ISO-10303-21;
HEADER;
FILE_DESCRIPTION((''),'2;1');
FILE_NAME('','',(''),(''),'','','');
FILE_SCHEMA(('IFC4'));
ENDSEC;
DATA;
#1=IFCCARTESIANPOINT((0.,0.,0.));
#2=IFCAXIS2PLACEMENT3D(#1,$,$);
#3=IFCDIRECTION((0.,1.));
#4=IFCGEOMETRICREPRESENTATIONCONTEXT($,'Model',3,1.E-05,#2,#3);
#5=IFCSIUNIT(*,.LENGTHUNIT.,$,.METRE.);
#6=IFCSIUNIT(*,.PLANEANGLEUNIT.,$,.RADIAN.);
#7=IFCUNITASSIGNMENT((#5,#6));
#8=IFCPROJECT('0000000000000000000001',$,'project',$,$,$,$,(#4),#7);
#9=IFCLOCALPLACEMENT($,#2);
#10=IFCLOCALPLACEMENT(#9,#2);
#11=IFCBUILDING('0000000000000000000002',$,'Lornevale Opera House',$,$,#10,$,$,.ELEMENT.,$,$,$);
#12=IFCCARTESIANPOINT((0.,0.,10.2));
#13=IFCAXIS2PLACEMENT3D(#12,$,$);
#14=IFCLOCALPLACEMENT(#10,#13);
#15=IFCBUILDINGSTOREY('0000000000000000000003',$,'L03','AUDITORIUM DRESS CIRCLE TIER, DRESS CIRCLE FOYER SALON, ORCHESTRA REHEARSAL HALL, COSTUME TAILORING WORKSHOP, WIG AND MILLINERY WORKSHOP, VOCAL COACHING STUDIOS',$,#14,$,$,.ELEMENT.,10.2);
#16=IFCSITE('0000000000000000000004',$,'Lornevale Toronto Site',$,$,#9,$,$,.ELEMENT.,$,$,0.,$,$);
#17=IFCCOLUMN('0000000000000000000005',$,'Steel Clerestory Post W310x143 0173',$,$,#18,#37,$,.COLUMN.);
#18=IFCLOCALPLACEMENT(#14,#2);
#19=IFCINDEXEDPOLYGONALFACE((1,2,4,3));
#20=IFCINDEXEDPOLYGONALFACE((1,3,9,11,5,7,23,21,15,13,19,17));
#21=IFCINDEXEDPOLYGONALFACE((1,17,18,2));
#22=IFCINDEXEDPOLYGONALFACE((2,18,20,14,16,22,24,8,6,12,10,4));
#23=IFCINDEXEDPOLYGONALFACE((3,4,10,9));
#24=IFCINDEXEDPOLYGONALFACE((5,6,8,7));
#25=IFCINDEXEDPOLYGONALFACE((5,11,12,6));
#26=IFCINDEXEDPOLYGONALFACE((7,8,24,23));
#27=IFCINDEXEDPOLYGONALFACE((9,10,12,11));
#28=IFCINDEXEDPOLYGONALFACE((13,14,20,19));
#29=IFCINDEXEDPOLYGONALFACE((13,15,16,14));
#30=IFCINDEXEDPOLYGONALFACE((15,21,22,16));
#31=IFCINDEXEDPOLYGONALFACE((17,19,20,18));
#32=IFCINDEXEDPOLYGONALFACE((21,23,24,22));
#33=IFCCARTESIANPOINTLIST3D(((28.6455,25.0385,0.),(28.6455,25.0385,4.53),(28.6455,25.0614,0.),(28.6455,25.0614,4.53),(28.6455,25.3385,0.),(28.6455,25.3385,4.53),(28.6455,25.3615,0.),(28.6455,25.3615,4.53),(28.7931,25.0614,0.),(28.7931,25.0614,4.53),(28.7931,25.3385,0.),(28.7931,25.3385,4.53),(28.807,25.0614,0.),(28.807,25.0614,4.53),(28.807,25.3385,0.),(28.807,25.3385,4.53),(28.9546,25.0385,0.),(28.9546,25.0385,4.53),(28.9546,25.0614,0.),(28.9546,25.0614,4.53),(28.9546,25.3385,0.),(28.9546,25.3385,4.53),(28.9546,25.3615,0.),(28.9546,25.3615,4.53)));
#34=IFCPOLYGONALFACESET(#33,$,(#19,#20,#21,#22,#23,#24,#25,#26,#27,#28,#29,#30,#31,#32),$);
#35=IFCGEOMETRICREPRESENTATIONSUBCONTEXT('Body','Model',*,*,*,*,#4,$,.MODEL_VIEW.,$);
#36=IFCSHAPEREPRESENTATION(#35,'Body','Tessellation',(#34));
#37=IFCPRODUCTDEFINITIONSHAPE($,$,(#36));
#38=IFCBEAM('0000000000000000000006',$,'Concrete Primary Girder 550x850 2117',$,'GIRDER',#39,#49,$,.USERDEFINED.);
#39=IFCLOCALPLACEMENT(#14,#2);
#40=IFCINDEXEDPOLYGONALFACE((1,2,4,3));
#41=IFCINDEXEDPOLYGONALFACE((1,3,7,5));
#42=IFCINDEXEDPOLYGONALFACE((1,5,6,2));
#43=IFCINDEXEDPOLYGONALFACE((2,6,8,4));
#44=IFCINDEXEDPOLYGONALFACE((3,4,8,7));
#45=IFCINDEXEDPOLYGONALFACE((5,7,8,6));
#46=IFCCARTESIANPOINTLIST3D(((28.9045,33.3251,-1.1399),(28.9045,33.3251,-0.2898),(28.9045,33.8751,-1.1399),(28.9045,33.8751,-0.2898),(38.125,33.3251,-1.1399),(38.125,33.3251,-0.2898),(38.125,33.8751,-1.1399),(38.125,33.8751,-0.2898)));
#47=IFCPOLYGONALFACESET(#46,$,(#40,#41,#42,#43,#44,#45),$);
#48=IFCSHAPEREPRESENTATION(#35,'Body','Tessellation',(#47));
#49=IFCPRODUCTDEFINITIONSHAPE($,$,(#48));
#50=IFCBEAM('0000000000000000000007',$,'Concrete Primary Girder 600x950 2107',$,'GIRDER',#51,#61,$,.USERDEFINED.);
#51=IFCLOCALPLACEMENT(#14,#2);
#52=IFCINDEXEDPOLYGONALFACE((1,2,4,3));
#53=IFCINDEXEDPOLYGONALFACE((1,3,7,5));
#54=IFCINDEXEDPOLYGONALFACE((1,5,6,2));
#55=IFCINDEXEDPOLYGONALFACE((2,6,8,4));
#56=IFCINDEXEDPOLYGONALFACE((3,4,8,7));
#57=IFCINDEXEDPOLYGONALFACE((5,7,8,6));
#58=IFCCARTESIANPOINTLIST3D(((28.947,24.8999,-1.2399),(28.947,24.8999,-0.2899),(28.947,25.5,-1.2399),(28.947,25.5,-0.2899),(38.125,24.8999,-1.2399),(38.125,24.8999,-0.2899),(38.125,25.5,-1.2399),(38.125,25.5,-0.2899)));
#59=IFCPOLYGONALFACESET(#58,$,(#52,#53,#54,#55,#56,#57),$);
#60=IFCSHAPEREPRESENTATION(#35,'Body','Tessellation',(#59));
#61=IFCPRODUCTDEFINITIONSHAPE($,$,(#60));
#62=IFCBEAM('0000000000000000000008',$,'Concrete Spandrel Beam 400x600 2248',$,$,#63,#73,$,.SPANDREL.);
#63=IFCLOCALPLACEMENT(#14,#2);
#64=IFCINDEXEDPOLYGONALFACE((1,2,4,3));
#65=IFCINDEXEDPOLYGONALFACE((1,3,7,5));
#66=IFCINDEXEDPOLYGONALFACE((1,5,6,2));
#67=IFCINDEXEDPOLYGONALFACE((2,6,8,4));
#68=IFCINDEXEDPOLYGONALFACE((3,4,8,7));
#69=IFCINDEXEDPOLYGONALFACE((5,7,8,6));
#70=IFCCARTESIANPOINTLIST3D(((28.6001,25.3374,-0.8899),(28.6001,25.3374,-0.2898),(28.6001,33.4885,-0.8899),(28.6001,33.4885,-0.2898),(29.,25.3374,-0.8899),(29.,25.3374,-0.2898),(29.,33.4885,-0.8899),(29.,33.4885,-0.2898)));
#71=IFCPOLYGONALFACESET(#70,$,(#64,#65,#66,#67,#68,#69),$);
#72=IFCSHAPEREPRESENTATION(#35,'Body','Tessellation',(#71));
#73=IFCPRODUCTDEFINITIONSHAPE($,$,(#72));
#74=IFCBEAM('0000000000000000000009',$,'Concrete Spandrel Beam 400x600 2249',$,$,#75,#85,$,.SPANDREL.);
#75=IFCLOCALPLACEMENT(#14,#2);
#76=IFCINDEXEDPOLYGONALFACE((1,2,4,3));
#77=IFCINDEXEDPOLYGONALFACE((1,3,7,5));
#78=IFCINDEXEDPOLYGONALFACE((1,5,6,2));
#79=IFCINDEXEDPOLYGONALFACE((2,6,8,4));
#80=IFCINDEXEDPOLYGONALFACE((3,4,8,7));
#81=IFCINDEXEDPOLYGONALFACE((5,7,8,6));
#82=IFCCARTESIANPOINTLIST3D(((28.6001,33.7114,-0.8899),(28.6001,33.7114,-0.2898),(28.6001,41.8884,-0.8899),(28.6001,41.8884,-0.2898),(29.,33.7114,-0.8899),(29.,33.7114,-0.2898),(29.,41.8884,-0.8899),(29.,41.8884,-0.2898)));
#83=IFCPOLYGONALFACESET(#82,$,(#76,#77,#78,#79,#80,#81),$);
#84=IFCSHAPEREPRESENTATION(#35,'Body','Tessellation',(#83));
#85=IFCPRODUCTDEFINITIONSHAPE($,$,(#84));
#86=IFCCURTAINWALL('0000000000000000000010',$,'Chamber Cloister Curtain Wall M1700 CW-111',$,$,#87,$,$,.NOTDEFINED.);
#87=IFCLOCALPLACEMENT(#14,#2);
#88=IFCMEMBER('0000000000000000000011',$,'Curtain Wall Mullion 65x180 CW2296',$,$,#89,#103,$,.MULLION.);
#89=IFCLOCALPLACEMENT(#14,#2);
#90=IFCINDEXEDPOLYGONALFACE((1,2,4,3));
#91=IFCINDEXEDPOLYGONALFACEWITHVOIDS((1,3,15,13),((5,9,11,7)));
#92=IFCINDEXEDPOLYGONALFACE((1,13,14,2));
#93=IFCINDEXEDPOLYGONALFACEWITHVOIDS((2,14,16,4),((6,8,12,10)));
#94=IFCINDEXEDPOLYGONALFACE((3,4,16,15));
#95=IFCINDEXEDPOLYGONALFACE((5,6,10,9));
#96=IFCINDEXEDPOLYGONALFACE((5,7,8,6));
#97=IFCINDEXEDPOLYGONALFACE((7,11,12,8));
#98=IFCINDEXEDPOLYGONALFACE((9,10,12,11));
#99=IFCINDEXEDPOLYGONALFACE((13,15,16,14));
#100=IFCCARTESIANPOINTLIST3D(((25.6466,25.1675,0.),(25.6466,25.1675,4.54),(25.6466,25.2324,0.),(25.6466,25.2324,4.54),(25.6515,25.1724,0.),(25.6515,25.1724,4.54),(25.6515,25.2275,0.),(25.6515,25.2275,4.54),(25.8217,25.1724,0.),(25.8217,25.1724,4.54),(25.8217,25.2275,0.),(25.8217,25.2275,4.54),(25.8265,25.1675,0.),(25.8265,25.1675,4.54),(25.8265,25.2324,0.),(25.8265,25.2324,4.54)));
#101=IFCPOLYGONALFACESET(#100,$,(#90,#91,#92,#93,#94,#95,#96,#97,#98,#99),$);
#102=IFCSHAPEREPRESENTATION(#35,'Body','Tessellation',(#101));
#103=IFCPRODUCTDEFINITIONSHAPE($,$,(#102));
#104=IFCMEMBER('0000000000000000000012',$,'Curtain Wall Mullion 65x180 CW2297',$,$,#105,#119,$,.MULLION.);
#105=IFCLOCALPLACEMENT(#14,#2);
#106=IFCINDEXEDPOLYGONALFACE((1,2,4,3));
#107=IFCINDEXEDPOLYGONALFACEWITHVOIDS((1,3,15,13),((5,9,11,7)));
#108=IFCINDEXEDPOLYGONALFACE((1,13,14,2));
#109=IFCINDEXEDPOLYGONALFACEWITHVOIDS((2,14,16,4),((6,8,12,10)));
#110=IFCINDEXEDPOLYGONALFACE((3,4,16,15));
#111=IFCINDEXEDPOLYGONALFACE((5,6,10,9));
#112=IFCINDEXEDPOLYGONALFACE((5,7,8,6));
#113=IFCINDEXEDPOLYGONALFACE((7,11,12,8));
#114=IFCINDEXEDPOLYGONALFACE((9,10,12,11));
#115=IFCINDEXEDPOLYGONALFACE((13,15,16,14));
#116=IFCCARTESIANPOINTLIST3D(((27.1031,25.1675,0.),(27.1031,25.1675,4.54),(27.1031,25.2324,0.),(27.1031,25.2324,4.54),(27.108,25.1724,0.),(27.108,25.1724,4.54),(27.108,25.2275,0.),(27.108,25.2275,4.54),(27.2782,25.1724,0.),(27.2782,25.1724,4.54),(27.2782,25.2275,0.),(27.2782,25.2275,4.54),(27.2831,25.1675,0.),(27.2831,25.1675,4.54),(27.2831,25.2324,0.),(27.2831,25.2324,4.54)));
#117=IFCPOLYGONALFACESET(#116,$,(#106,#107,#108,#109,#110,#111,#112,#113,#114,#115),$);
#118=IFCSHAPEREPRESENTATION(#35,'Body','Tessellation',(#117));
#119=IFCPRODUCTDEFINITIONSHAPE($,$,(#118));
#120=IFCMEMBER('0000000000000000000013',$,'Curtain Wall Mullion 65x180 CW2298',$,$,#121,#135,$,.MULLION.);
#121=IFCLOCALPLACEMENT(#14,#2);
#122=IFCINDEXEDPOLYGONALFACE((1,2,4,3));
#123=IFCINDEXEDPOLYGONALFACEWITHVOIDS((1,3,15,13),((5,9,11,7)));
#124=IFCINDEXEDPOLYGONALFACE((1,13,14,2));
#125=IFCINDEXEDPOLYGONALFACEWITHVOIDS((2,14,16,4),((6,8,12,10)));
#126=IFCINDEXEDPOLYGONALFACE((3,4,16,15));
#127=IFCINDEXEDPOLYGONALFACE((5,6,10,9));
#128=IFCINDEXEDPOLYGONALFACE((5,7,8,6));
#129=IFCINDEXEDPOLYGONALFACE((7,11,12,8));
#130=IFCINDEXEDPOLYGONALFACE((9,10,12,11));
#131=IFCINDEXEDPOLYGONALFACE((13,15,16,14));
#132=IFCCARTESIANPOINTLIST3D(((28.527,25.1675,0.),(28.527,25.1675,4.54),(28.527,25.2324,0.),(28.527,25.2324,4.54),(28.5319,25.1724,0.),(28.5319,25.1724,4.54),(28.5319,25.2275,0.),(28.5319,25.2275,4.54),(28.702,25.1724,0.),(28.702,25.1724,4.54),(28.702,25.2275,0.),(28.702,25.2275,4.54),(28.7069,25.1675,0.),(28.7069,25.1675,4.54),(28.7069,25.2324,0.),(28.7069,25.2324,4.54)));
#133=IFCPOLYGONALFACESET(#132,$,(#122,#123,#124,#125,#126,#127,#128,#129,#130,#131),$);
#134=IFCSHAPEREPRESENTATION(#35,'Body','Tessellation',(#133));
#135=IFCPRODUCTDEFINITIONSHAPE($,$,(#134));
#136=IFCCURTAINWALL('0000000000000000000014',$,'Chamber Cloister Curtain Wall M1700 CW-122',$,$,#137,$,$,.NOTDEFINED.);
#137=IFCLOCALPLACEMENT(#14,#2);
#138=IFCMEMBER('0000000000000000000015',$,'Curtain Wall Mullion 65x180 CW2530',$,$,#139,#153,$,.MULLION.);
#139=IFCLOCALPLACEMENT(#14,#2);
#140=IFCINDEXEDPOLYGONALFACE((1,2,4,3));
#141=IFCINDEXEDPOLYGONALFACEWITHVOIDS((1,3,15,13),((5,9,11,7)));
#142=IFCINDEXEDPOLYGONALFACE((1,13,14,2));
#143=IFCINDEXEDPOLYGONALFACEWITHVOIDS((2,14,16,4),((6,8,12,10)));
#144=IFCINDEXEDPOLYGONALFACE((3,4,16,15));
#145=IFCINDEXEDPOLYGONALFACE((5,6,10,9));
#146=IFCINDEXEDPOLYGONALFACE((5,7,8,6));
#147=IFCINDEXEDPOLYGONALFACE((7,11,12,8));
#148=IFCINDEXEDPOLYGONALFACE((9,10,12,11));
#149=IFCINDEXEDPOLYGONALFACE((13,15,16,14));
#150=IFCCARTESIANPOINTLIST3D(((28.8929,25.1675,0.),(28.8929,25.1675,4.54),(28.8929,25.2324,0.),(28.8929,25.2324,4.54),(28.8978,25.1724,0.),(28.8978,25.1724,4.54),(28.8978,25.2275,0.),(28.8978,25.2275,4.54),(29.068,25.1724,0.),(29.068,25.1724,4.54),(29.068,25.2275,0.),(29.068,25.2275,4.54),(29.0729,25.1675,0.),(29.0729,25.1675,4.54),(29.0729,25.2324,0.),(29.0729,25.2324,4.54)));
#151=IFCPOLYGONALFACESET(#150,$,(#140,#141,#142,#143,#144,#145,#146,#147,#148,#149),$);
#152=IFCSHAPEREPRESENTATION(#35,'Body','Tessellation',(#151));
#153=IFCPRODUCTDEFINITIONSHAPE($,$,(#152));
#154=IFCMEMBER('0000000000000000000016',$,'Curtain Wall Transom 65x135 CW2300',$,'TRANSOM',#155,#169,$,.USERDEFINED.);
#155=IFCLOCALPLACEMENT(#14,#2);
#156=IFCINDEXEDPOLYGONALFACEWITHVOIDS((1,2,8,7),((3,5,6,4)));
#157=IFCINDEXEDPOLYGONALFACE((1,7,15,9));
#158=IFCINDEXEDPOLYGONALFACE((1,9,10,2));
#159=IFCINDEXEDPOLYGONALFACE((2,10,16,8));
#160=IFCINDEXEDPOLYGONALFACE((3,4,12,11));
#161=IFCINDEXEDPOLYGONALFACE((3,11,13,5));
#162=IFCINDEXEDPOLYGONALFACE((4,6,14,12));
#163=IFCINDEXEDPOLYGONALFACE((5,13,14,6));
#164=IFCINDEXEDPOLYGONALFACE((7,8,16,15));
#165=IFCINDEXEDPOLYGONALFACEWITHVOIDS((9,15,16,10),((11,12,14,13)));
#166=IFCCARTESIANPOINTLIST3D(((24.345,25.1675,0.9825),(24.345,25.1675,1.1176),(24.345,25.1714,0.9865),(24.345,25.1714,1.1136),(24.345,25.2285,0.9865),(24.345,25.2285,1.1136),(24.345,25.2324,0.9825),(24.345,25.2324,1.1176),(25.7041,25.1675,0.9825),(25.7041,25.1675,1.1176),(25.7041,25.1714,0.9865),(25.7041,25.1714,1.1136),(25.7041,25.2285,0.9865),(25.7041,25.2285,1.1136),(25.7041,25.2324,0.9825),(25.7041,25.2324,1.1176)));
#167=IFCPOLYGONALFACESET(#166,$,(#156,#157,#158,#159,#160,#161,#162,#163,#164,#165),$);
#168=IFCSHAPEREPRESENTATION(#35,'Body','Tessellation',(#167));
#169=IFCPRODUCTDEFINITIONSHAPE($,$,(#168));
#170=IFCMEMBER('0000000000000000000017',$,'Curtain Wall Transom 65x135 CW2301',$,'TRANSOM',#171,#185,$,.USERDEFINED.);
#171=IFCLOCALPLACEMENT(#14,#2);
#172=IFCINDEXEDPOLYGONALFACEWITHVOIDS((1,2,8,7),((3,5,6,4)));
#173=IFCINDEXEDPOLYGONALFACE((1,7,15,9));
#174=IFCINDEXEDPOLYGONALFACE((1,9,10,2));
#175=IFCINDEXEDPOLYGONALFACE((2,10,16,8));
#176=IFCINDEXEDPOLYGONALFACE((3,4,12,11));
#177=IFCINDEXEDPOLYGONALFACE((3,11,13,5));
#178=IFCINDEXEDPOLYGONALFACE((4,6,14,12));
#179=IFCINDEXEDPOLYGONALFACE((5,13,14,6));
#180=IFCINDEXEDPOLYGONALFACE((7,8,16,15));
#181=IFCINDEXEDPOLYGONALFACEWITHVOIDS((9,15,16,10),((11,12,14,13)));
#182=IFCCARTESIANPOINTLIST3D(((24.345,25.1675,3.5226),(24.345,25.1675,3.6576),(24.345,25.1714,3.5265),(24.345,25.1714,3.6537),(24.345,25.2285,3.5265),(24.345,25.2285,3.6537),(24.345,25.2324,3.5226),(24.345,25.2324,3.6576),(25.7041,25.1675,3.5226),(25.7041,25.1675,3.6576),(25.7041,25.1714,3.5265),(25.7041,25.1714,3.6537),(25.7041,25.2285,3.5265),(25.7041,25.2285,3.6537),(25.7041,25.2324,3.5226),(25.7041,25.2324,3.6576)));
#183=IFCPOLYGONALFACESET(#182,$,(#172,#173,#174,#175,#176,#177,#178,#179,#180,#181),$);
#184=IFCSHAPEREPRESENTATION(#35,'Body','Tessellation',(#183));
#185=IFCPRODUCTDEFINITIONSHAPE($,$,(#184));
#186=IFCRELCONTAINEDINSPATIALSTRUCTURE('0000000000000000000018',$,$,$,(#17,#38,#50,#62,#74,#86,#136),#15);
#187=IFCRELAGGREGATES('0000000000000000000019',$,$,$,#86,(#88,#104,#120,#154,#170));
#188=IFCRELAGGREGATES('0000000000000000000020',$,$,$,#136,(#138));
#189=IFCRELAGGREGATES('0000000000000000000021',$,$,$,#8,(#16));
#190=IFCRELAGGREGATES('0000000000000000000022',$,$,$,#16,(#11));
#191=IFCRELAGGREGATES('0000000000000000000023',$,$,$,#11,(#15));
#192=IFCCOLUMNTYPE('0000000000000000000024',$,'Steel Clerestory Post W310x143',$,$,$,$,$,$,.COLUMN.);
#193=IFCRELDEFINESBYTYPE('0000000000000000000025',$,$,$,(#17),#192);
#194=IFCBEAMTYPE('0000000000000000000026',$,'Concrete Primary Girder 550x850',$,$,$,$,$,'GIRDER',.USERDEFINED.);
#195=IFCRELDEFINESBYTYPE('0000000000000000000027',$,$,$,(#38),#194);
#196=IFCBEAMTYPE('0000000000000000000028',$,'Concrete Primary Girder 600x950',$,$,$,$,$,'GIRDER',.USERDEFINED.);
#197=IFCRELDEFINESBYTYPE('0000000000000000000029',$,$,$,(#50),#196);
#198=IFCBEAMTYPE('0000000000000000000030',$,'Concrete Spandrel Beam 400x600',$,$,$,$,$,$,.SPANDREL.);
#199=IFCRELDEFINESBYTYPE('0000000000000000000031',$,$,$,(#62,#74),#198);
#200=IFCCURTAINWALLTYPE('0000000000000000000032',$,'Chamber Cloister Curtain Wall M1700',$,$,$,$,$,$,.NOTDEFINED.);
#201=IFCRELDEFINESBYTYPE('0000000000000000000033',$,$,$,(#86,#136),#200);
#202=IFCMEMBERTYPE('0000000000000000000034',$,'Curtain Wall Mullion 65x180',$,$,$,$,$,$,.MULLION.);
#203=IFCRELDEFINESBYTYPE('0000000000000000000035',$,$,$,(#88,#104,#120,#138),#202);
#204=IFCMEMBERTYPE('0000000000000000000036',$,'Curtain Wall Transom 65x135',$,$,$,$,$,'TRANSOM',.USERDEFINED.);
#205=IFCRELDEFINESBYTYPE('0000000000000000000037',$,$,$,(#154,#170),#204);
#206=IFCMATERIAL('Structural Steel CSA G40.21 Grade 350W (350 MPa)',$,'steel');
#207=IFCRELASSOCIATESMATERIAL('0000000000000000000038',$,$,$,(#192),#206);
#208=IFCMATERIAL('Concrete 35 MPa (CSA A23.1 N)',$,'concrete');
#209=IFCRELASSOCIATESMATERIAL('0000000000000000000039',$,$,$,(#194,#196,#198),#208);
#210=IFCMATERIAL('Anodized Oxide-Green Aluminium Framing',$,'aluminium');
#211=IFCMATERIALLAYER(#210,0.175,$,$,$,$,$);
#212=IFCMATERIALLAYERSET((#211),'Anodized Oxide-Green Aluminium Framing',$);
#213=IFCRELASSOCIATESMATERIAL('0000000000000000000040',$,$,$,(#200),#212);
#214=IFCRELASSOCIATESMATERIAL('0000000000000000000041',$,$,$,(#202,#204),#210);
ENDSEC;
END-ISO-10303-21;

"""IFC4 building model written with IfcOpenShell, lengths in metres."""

from ifc_helpers import new_model, si_unit, direction, frame, origin, origin_2d, place, context, subcontext, project, spatial, rectangle, hollow_rectangle, i_section, extrude, material, layer, layer_set, material_profile, profile_set, type_object, element, aggregate, save


model = new_model("IFC4")

# Units and contexts
model_context = context("Model", 3, precision=1e-05, world=origin(), true_north=direction((0.0, 1.0)))
body_context = subcontext(model_context, "Body", "Model", "MODEL_VIEW")
ifc_project = project(units=[si_unit("LENGTHUNIT", "METRE"), si_unit("PLANEANGLEUNIT", "RADIAN")], contexts=[model_context])

# Site, building, storey
site_placement = place(None, origin())
site = spatial("IfcSite", under=ifc_project, at=site_placement, Name="Lornevale Toronto Site", CompositionType="ELEMENT", RefElevation=0.0)
building_placement = place(site_placement, origin())
building = spatial("IfcBuilding", under=site, at=building_placement, Name="Lornevale Opera House", CompositionType="ELEMENT")
storey_placement = place(building_placement, frame((0.0, 0.0, 10.2)))
storey = spatial("IfcBuildingStorey", under=building, at=storey_placement, Name="L03", Description="AUDITORIUM DRESS CIRCLE TIER, DRESS CIRCLE FOYER SALON, ORCHESTRA REHEARSAL HALL, COSTUME TAILORING WORKSHOP, WIG AND MILLINERY WORKSHOP, VOCAL COACHING STUDIOS", CompositionType="ELEMENT", Elevation=10.2)

# Column
ifc_material_1 = material(Name="Structural Steel CSA G40.21 Grade 350W (350 MPa)", Category="steel")
ifc_material_profile_1 = material_profile(ifc_material_1, i_section(OverallWidth=0.3091, OverallDepth=0.323, WebThickness=0.0139, FlangeThickness=0.0229, at=origin_2d()), Name="W310x143")
ifc_profile_set_1 = profile_set([ifc_material_profile_1], Name="Structural Steel CSA G40.21 Grade 350W (350 MPa)")
column_type = type_object("IfcColumnType", Name="Steel Clerestory Post W310x143", PredefinedType="COLUMN", material=ifc_profile_set_1)
column_placement = place(storey_placement, frame((28.8, 25.2, 0.0), z_axis=(0.0, 0.0, 1.0), x_axis=(1.0, 0.0, 0.0)))
element("IfcColumn", 1, at=column_placement, inside=storey, type_object=column_type, Name="Steel Clerestory Post W310x143 0173", PredefinedType="COLUMN", context=body_context, shape_type="SweptSolid", body=[
    extrude(i_section(OverallWidth=0.3091, OverallDepth=0.323, WebThickness=0.0139, FlangeThickness=0.0229, at=origin_2d()), origin(), (0.0, 0.0, 1.0), 4.53),
])

# Beams
ifc_material_2 = material(Name="Concrete 35 MPa (CSA A23.1 N)", Category="concrete")
ifc_material_profile_2 = material_profile(ifc_material_2, rectangle(XDim=0.55, YDim=0.8501, at=origin_2d()), Name="RC550x850")
ifc_profile_set_2 = profile_set([ifc_material_profile_2], Name="Concrete 35 MPa (CSA A23.1 N)")
beam_type_1 = type_object("IfcBeamType", Name="Concrete Primary Girder 550x850", ElementType="GIRDER", PredefinedType="USERDEFINED", material=ifc_profile_set_2)
beam_1_placement = place(storey_placement, frame((28.9045, 33.6001, -0.7148), z_axis=(1.0, 0.0, 0.0), x_axis=(0.0, 1.0, 0.0)))
element("IfcBeam", 2, at=beam_1_placement, inside=storey, type_object=beam_type_1, Name="Concrete Primary Girder 550x850 2117", ObjectType="GIRDER", PredefinedType="USERDEFINED", context=body_context, shape_type="SweptSolid", body=[
    extrude(rectangle(XDim=0.55, YDim=0.8501, at=origin_2d()), origin(), (0.0, 0.0, 1.0), 9.2205),
])
ifc_material_profile_3 = material_profile(ifc_material_2, rectangle(XDim=0.6001, YDim=0.95, at=origin_2d()), Name="RC600x950")
ifc_profile_set_3 = profile_set([ifc_material_profile_3], Name="Concrete 35 MPa (CSA A23.1 N)")
beam_type_2 = type_object("IfcBeamType", Name="Concrete Primary Girder 600x950", ElementType="GIRDER", PredefinedType="USERDEFINED", material=ifc_profile_set_3)
beam_2_placement = place(storey_placement, frame((28.947, 25.2, -0.7649), z_axis=(1.0, 0.0, 0.0), x_axis=(0.0, 1.0, 0.0)))
element("IfcBeam", 3, at=beam_2_placement, inside=storey, type_object=beam_type_2, Name="Concrete Primary Girder 600x950 2107", ObjectType="GIRDER", PredefinedType="USERDEFINED", context=body_context, shape_type="SweptSolid", body=[
    extrude(rectangle(XDim=0.6001, YDim=0.95, at=origin_2d()), origin(), (0.0, 0.0, 1.0), 9.178),
])
ifc_material_profile_4 = material_profile(ifc_material_2, rectangle(XDim=0.3999, YDim=0.6001, at=origin_2d()), Name="RC400x600")
ifc_profile_set_4 = profile_set([ifc_material_profile_4], Name="Concrete 35 MPa (CSA A23.1 N)")
beam_type_3 = type_object("IfcBeamType", Name="Concrete Spandrel Beam 400x600", PredefinedType="SPANDREL", material=ifc_profile_set_4)
beam_3_placement = place(storey_placement, frame((28.8, 25.3374, -0.5898), z_axis=(0.0, 1.0, 0.0), x_axis=(-1.0, 0.0, 0.0)))
element("IfcBeam", 4, at=beam_3_placement, inside=storey, type_object=beam_type_3, Name="Concrete Spandrel Beam 400x600 2248", PredefinedType="SPANDREL", context=body_context, shape_type="SweptSolid", body=[
    extrude(rectangle(XDim=0.3999, YDim=0.6001, at=origin_2d()), origin(), (0.0, 0.0, 1.0), 8.1511),
])
beam_4_placement = place(storey_placement, frame((28.8, 33.7114, -0.5898), z_axis=(0.0, 1.0, 0.0), x_axis=(-1.0, 0.0, 0.0)))
element("IfcBeam", 5, at=beam_4_placement, inside=storey, type_object=beam_type_3, Name="Concrete Spandrel Beam 400x600 2249", PredefinedType="SPANDREL", context=body_context, shape_type="SweptSolid", body=[
    extrude(rectangle(XDim=0.3999, YDim=0.6001, at=origin_2d()), origin(), (0.0, 0.0, 1.0), 8.177),
])

# Curtain wall, members
ifc_material_3 = material(Name="Anodized Oxide-Green Aluminium Framing", Category="aluminium")
ifc_layer_1 = layer(ifc_material_3, 0.175)
ifc_layer_set_1 = layer_set([ifc_layer_1], Name="Anodized Oxide-Green Aluminium Framing")
curtain_wall_type = type_object("IfcCurtainWallType", Name="Chamber Cloister Curtain Wall M1700", PredefinedType="NOTDEFINED", material=ifc_layer_set_1)
curtain_wall_1_placement = place(storey_placement, origin())
curtain_wall_1 = element("IfcCurtainWall", 6, at=curtain_wall_1_placement, inside=storey, type_object=curtain_wall_type, Name="Chamber Cloister Curtain Wall M1700 CW-111", PredefinedType="NOTDEFINED")
ifc_material_profile_5 = material_profile(ifc_material_3, hollow_rectangle(XDim=0.0649, YDim=0.1799, WallThickness=0.0049, at=origin_2d()), Name="ALU65x180x5")
ifc_profile_set_5 = profile_set([ifc_material_profile_5], Name="Anodized Oxide-Green Aluminium Framing")
member_type_1 = type_object("IfcMemberType", Name="Curtain Wall Mullion 65x180", PredefinedType="MULLION", material=ifc_profile_set_5)
member_1_placement = place(storey_placement, frame((25.7366, 25.2, 0.0), z_axis=(0.0, 0.0, 1.0), x_axis=(0.0, 1.0, 0.0)))
member_1 = element("IfcMember", 7, at=member_1_placement, type_object=member_type_1, Name="Curtain Wall Mullion 65x180 CW2296", PredefinedType="MULLION", context=body_context, shape_type="SweptSolid", body=[
    extrude(hollow_rectangle(XDim=0.0649, YDim=0.1799, WallThickness=0.0049, at=origin_2d()), origin(), (0.0, 0.0, 1.0), 4.54),
])
member_2_placement = place(storey_placement, frame((27.1931, 25.2, 0.0), z_axis=(0.0, 0.0, 1.0), x_axis=(0.0, 1.0, 0.0)))
member_2 = element("IfcMember", 8, at=member_2_placement, type_object=member_type_1, Name="Curtain Wall Mullion 65x180 CW2297", PredefinedType="MULLION", context=body_context, shape_type="SweptSolid", body=[
    extrude(hollow_rectangle(XDim=0.0649, YDim=0.1799, WallThickness=0.0049, at=origin_2d()), origin(), (0.0, 0.0, 1.0), 4.54),
])
member_3_placement = place(storey_placement, frame((28.6169, 25.2, 0.0), z_axis=(0.0, 0.0, 1.0), x_axis=(0.0, 1.0, 0.0)))
member_3 = element("IfcMember", 9, at=member_3_placement, type_object=member_type_1, Name="Curtain Wall Mullion 65x180 CW2298", PredefinedType="MULLION", context=body_context, shape_type="SweptSolid", body=[
    extrude(hollow_rectangle(XDim=0.0649, YDim=0.1799, WallThickness=0.0049, at=origin_2d()), origin(), (0.0, 0.0, 1.0), 4.54),
])

# Curtain wall, member
curtain_wall_2_placement = place(storey_placement, origin())
curtain_wall_2 = element("IfcCurtainWall", 10, at=curtain_wall_2_placement, inside=storey, type_object=curtain_wall_type, Name="Chamber Cloister Curtain Wall M1700 CW-122", PredefinedType="NOTDEFINED")
member_4_placement = place(storey_placement, frame((28.9829, 25.2, 0.0), z_axis=(0.0, 0.0, 1.0), x_axis=(0.0, 1.0, 0.0)))
member_4 = element("IfcMember", 11, at=member_4_placement, type_object=member_type_1, Name="Curtain Wall Mullion 65x180 CW2530", PredefinedType="MULLION", context=body_context, shape_type="SweptSolid", body=[
    extrude(hollow_rectangle(XDim=0.0649, YDim=0.1799, WallThickness=0.0049, at=origin_2d()), origin(), (0.0, 0.0, 1.0), 4.54),
])

# Members
ifc_material_profile_6 = material_profile(ifc_material_3, hollow_rectangle(XDim=0.0649, YDim=0.135, WallThickness=0.0039, at=origin_2d()), Name="ALU65x135x4")
ifc_profile_set_6 = profile_set([ifc_material_profile_6], Name="Anodized Oxide-Green Aluminium Framing")
member_type_2 = type_object("IfcMemberType", Name="Curtain Wall Transom 65x135", ElementType="TRANSOM", PredefinedType="USERDEFINED", material=ifc_profile_set_6)
member_5_placement = place(storey_placement, frame((24.345, 25.2, 1.05), z_axis=(1.0, 0.0, 0.0), x_axis=(0.0, 1.0, 0.0)))
member_5 = element("IfcMember", 12, at=member_5_placement, type_object=member_type_2, Name="Curtain Wall Transom 65x135 CW2300", ObjectType="TRANSOM", PredefinedType="USERDEFINED", context=body_context, shape_type="SweptSolid", body=[
    extrude(hollow_rectangle(XDim=0.0649, YDim=0.135, WallThickness=0.0039, at=origin_2d()), origin(), (0.0, 0.0, 1.0), 1.3591),
])
member_6_placement = place(storey_placement, frame((24.345, 25.2, 3.5901), z_axis=(1.0, 0.0, 0.0), x_axis=(0.0, 1.0, 0.0)))
member_6 = element("IfcMember", 13, at=member_6_placement, type_object=member_type_2, Name="Curtain Wall Transom 65x135 CW2301", ObjectType="TRANSOM", PredefinedType="USERDEFINED", context=body_context, shape_type="SweptSolid", body=[
    extrude(hollow_rectangle(XDim=0.0649, YDim=0.135, WallThickness=0.0039, at=origin_2d()), origin(), (0.0, 0.0, 1.0), 1.3591),
])

aggregate(curtain_wall_1, [member_1, member_2, member_3, member_5, member_6])
aggregate(curtain_wall_2, [member_4])

save(model, "model.ifc")
